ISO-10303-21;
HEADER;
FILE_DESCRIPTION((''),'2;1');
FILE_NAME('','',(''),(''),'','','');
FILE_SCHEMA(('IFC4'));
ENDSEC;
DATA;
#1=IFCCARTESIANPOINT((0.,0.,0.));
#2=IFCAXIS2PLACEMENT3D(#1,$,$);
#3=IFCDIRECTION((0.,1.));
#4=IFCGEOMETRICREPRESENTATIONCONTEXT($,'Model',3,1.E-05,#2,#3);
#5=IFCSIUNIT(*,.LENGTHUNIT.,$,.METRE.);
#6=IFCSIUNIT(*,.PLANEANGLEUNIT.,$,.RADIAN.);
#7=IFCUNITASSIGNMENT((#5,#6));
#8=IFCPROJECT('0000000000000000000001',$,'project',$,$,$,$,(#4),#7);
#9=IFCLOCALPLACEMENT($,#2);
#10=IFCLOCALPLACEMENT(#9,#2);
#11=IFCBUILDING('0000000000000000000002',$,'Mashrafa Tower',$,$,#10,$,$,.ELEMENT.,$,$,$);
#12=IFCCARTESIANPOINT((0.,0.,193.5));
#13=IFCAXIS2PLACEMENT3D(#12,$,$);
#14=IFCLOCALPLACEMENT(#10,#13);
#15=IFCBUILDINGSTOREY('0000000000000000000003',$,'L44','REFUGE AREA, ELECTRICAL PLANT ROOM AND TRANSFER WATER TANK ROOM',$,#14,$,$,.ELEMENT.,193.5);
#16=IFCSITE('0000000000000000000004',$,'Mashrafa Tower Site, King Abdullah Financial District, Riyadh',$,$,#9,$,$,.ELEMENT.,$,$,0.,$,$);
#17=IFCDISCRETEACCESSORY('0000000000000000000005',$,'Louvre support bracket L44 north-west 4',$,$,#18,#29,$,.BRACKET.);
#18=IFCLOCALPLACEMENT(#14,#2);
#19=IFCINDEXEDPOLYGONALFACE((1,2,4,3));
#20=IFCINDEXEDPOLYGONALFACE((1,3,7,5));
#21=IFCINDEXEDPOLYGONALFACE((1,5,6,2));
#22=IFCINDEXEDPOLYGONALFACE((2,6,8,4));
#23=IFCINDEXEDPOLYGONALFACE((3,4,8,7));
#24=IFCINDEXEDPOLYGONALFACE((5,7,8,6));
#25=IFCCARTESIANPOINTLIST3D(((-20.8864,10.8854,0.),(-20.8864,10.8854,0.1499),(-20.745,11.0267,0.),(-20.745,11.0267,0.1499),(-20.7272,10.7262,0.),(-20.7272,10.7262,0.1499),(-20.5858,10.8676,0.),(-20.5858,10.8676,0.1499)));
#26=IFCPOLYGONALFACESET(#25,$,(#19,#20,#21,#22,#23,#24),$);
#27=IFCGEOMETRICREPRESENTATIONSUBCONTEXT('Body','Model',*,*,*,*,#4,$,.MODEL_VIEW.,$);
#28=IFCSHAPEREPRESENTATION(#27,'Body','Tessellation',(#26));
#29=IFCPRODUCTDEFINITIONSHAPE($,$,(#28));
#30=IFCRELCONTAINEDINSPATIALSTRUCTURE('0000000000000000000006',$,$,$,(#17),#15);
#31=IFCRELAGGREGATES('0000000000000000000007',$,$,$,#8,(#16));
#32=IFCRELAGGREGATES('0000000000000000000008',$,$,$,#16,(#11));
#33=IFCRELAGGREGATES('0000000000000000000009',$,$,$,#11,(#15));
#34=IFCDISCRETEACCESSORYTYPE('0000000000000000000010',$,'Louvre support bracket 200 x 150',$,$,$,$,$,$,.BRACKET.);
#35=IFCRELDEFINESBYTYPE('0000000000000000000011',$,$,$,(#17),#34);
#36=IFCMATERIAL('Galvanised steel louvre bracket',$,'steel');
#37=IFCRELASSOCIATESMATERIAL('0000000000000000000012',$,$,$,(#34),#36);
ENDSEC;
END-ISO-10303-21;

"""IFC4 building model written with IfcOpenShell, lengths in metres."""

from ifc_helpers import new_model, si_unit, direction, frame, origin, origin_2d, place, context, subcontext, project, spatial, rectangle, extrude, source, transform, mapped, material, type_object, type_shapes, element, save


model = new_model("IFC4")

# Units and contexts
model_context = context("Model", 3, precision=1e-05, world=origin(), true_north=direction((0.0, 1.0)))
body_context = subcontext(model_context, "Body", "Model", "MODEL_VIEW")
ifc_project = project(units=[si_unit("LENGTHUNIT", "METRE"), si_unit("PLANEANGLEUNIT", "RADIAN")], contexts=[model_context])

# Site, building, storey
site_placement = place(None, origin())
site = spatial("IfcSite", under=ifc_project, at=site_placement, Name="Mashrafa Tower Site, King Abdullah Financial District, Riyadh", CompositionType="ELEMENT", RefElevation=0.0)
building_placement = place(site_placement, origin())
building = spatial("IfcBuilding", under=site, at=building_placement, Name="Mashrafa Tower", CompositionType="ELEMENT")
storey_placement = place(building_placement, frame((0.0, 0.0, 193.5)))
storey = spatial("IfcBuildingStorey", under=building, at=storey_placement, Name="L44", Description="REFUGE AREA, ELECTRICAL PLANT ROOM AND TRANSFER WATER TANK ROOM", CompositionType="ELEMENT", Elevation=193.5)

# Discrete accessory
ifc_material_1 = material(Name="Galvanised steel louvre bracket", Category="steel")
discrete_accessory_type = type_object("IfcDiscreteAccessoryType", Name="Louvre support bracket 200 x 150", PredefinedType="BRACKET", material=ifc_material_1)
shared_shape_1 = source(origin(), body_context, "Body", "SweptSolid", [
    extrude(rectangle(XDim=0.2, YDim=0.2251, at=origin_2d()), origin(), (0.0, 0.0, 1.0), 0.1499),
])
type_shapes(discrete_accessory_type, [shared_shape_1])
for number, where, z_axis, x_axis, name in (
    (1, (-20.7361, 10.8765, 0.0), (0.0, 0.0, 1.0), (-0.707107, -0.707107, 0.0), "Louvre support bracket L44 north-west 4"),
):
    element("IfcDiscreteAccessory", number, at=place(storey_placement, frame(where, z_axis=z_axis, x_axis=x_axis)), inside=storey, type_object=discrete_accessory_type, Name=name, PredefinedType="BRACKET", context=body_context, shape_type="MappedRepresentation", body=[
        mapped(shared_shape_1, transform((0.0, 0.0, 0.0))),
    ])

save(model, "model.ifc")
